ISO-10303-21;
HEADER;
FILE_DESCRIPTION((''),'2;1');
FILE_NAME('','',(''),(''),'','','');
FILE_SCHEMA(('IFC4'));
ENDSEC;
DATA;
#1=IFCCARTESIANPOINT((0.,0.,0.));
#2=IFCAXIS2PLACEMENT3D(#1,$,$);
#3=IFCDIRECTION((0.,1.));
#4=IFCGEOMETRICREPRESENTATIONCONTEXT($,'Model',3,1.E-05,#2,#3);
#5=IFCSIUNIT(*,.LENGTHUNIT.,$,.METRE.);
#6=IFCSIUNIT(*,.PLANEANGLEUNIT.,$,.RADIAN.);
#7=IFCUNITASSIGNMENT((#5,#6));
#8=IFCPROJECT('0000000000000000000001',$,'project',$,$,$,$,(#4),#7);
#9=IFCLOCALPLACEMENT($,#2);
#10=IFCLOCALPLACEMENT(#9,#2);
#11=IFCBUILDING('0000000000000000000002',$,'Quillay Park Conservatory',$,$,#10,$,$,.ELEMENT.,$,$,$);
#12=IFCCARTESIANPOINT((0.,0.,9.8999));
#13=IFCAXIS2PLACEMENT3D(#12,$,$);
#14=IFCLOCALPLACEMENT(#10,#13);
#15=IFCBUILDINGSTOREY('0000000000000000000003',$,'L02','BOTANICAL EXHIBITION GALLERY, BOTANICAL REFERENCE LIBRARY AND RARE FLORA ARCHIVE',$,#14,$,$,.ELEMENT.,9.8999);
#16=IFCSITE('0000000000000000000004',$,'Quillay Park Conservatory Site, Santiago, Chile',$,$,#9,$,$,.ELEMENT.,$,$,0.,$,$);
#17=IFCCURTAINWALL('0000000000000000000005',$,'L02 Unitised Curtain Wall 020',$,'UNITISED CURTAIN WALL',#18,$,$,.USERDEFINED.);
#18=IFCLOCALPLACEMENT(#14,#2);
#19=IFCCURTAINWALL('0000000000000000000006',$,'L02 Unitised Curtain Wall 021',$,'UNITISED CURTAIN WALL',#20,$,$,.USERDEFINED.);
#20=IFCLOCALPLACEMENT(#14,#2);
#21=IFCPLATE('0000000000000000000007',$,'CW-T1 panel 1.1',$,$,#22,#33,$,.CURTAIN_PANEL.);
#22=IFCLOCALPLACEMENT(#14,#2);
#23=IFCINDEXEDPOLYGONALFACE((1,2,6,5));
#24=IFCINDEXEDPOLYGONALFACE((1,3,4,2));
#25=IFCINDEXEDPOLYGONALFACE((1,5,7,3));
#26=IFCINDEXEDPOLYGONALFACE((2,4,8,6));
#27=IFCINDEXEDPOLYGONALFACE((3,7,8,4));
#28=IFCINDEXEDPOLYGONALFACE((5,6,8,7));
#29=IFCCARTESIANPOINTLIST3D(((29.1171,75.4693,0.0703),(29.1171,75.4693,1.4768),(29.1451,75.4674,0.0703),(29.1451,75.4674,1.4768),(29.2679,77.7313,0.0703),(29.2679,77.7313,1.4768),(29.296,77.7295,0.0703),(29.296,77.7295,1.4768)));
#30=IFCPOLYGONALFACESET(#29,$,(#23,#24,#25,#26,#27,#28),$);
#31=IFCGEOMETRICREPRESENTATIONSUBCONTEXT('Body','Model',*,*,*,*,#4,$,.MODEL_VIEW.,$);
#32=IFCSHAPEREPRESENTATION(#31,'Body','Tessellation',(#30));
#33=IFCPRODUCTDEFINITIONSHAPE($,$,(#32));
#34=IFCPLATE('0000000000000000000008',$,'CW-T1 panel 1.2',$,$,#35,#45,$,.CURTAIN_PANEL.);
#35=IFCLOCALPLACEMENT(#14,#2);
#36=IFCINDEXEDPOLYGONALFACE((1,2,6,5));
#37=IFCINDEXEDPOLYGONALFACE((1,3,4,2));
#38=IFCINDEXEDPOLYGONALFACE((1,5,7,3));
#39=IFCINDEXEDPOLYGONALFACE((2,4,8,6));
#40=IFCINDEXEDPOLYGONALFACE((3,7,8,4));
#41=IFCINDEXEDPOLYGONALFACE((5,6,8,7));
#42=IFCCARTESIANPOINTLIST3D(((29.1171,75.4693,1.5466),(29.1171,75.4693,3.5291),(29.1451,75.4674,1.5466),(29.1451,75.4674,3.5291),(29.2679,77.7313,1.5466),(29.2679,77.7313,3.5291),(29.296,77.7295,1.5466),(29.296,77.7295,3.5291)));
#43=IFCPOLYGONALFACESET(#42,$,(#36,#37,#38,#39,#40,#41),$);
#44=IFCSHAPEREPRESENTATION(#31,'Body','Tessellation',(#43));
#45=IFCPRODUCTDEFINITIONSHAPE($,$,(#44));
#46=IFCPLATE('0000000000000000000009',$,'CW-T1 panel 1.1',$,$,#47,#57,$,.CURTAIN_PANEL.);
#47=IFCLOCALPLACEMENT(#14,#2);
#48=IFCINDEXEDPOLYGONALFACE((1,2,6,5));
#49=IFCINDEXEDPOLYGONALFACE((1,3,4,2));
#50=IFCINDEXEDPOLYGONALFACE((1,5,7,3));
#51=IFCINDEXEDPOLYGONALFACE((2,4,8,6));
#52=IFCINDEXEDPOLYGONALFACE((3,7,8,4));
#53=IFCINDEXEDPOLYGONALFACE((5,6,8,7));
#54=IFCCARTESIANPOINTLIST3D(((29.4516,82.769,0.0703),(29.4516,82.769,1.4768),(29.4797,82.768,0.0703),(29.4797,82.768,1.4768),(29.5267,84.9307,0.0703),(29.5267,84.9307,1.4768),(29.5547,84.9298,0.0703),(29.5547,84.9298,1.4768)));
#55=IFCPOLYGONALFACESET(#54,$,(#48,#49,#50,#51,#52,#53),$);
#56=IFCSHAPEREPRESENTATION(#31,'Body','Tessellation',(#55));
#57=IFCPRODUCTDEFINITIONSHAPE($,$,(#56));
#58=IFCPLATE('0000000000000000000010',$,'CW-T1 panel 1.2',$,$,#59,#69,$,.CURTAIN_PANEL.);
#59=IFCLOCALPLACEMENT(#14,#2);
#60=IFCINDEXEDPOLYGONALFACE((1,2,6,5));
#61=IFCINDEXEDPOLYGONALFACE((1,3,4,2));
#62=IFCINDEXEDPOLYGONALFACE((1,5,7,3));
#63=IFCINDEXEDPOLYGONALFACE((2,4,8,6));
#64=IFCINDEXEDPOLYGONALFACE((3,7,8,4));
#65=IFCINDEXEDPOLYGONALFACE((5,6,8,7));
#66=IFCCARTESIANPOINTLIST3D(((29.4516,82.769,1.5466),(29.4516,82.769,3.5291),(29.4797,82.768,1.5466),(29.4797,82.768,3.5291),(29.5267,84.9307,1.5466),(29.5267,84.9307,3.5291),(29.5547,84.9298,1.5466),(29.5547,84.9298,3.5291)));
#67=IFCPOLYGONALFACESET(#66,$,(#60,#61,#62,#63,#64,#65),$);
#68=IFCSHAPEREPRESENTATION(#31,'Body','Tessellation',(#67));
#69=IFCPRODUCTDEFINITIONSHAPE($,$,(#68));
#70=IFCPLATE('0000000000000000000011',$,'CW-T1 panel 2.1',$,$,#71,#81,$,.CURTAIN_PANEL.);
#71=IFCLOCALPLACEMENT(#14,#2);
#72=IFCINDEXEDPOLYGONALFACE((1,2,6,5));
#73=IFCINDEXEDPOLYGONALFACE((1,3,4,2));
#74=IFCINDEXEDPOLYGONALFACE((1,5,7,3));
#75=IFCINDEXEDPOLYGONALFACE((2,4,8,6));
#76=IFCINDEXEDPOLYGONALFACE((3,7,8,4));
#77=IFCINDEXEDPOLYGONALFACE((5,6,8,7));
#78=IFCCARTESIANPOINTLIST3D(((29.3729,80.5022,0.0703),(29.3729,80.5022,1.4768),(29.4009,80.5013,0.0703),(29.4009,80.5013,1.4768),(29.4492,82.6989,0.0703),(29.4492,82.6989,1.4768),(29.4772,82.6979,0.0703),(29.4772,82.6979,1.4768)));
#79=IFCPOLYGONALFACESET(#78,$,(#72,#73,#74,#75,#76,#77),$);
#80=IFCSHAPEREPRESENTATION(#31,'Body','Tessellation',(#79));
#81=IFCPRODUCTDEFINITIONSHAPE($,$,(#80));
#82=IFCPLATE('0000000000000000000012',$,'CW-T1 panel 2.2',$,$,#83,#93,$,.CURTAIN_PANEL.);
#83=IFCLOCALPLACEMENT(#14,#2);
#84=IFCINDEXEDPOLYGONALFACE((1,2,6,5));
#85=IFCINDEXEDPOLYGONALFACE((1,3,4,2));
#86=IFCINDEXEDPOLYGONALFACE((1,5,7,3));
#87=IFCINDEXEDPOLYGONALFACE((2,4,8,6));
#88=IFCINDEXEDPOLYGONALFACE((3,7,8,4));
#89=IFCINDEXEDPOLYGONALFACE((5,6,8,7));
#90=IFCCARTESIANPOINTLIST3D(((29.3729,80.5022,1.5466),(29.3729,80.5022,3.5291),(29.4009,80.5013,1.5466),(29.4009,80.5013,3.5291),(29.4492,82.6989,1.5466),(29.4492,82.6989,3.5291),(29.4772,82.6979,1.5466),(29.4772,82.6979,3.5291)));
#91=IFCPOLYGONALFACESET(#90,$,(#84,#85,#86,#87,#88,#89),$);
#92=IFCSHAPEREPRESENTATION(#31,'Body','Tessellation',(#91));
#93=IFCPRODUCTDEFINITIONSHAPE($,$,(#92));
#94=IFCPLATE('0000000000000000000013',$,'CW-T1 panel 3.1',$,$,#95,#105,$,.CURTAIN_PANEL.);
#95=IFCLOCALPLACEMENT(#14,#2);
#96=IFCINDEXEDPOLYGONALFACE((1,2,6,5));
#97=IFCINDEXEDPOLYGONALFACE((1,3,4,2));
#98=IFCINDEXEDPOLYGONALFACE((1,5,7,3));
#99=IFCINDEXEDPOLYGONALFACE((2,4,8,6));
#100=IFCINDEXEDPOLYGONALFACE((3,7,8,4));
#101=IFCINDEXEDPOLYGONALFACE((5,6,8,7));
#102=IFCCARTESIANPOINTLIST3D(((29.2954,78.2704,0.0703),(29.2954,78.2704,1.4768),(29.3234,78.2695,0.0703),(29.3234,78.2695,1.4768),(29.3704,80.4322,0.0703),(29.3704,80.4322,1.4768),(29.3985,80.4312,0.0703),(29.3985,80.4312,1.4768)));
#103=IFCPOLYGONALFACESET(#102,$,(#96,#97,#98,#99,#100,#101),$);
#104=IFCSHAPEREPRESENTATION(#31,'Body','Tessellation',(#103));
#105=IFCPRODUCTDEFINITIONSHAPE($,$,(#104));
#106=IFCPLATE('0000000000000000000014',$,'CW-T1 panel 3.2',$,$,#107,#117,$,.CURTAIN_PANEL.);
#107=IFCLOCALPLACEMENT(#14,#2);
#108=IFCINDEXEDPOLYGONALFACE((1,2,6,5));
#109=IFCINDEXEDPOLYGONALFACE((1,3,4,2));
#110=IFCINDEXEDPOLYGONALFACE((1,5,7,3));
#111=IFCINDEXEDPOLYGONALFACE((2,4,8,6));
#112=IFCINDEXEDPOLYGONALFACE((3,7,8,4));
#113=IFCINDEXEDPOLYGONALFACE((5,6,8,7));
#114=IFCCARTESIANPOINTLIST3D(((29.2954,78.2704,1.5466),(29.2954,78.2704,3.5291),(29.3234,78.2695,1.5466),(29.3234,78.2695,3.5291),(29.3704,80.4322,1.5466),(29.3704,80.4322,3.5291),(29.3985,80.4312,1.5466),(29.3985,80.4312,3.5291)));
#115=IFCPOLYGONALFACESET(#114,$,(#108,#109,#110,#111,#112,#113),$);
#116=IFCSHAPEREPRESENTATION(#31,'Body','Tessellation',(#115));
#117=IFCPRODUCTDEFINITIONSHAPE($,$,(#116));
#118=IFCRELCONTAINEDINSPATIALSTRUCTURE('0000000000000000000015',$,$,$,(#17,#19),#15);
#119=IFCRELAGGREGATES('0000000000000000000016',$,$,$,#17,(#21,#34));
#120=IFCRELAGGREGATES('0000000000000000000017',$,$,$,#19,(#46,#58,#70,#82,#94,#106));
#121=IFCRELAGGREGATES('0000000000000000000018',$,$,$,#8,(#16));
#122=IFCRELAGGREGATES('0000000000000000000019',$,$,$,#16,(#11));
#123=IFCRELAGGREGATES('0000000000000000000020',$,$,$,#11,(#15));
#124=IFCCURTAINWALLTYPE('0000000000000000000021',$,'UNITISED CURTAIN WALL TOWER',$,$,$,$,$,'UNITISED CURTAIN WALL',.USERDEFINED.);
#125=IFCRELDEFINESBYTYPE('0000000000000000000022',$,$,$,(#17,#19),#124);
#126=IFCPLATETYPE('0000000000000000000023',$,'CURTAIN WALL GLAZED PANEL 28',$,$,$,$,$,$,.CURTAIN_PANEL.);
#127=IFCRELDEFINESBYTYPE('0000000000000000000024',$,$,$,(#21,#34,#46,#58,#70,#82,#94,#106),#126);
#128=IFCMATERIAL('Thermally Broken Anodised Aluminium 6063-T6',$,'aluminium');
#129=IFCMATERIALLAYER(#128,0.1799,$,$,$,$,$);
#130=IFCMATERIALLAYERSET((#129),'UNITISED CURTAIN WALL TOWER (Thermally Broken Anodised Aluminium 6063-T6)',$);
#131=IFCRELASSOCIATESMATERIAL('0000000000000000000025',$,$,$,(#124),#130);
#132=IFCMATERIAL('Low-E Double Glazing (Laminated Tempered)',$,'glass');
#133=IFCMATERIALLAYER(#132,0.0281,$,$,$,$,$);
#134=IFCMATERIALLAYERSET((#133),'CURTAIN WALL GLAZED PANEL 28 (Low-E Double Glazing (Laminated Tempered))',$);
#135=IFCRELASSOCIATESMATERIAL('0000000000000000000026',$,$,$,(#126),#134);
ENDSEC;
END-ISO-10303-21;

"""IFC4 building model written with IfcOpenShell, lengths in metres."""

from ifc_helpers import new_model, si_unit, direction, frame, origin, origin_2d, place, context, subcontext, project, spatial, rectangle, extrude, material, layer, layer_set, type_object, element, aggregate, save


model = new_model("IFC4")

# Units and contexts
model_context = context("Model", 3, precision=1e-05, world=origin(), true_north=direction((0.0, 1.0)))
body_context = subcontext(model_context, "Body", "Model", "MODEL_VIEW")
ifc_project = project(units=[si_unit("LENGTHUNIT", "METRE"), si_unit("PLANEANGLEUNIT", "RADIAN")], contexts=[model_context])

# Site, building, storey
site_placement = place(None, origin())
site = spatial("IfcSite", under=ifc_project, at=site_placement, Name="Quillay Park Conservatory Site, Santiago, Chile", CompositionType="ELEMENT", RefElevation=0.0)
building_placement = place(site_placement, origin())
building = spatial("IfcBuilding", under=site, at=building_placement, Name="Quillay Park Conservatory", CompositionType="ELEMENT")
storey_placement = place(building_placement, frame((0.0, 0.0, 9.8999)))
storey = spatial("IfcBuildingStorey", under=building, at=storey_placement, Name="L02", Description="BOTANICAL EXHIBITION GALLERY, BOTANICAL REFERENCE LIBRARY AND RARE FLORA ARCHIVE", CompositionType="ELEMENT", Elevation=9.8999)

# Curtain walls
ifc_material_1 = material(Name="Thermally Broken Anodised Aluminium 6063-T6", Category="aluminium")
ifc_layer_1 = layer(ifc_material_1, 0.1799)
ifc_layer_set_1 = layer_set([ifc_layer_1], Name="UNITISED CURTAIN WALL TOWER (Thermally Broken Anodised Aluminium 6063-T6)")
curtain_wall_type = type_object("IfcCurtainWallType", Name="UNITISED CURTAIN WALL TOWER", ElementType="UNITISED CURTAIN WALL", PredefinedType="USERDEFINED", material=ifc_layer_set_1)
curtain_wall_1_placement = place(storey_placement, origin())
curtain_wall_1 = element("IfcCurtainWall", 1, at=curtain_wall_1_placement, inside=storey, type_object=curtain_wall_type, Name="L02 Unitised Curtain Wall 020", ObjectType="UNITISED CURTAIN WALL", PredefinedType="USERDEFINED")
curtain_wall_2_placement = place(storey_placement, origin())
curtain_wall_2 = element("IfcCurtainWall", 2, at=curtain_wall_2_placement, inside=storey, type_object=curtain_wall_type, Name="L02 Unitised Curtain Wall 021", ObjectType="UNITISED CURTAIN WALL", PredefinedType="USERDEFINED")

# Plates
ifc_material_2 = material(Name="Low-E Double Glazing (Laminated Tempered)", Category="glass")
ifc_layer_2 = layer(ifc_material_2, 0.0281)
ifc_layer_set_2 = layer_set([ifc_layer_2], Name="CURTAIN WALL GLAZED PANEL 28 (Low-E Double Glazing (Laminated Tempered))")
plate_type_1 = type_object("IfcPlateType", Name="CURTAIN WALL GLAZED PANEL 28", PredefinedType="CURTAIN_PANEL", material=ifc_layer_set_2)
plate_1_placement = place(storey_placement, frame((29.2065, 76.5994, 0.0703), z_axis=(0.0, 0.0, 1.0), x_axis=(-0.066521, -0.997785, 0.0)))
plate_1 = element("IfcPlate", 3, at=plate_1_placement, type_object=plate_type_1, Name="CW-T1 panel 1.1", PredefinedType="CURTAIN_PANEL", context=body_context, shape_type="SweptSolid", body=[
    extrude(rectangle(XDim=2.2671, YDim=0.0281, at=origin_2d()), origin(), (0.0, 0.0, 1.0), 1.4065),
])
plate_2_placement = place(storey_placement, frame((29.2065, 76.5994, 1.5466), z_axis=(0.0, 0.0, 1.0), x_axis=(-0.066521, -0.997785, 0.0)))
plate_2 = element("IfcPlate", 4, at=plate_2_placement, type_object=plate_type_1, Name="CW-T1 panel 1.2", PredefinedType="CURTAIN_PANEL", context=body_context, shape_type="SweptSolid", body=[
    extrude(rectangle(XDim=2.2671, YDim=0.0281, at=origin_2d()), origin(), (0.0, 0.0, 1.0), 1.9824),
])
aggregate(curtain_wall_1, [plate_1, plate_2])
plate_3_placement = place(storey_placement, frame((29.5032, 83.8494, 0.0703), z_axis=(0.0, 0.0, 1.0), x_axis=(-0.034713, -0.999397, 0.0)))
plate_3 = element("IfcPlate", 5, at=plate_3_placement, type_object=plate_type_1, Name="CW-T1 panel 1.1", PredefinedType="CURTAIN_PANEL", context=body_context, shape_type="SweptSolid", body=[
    extrude(rectangle(XDim=2.1631, YDim=0.0281, at=origin_2d()), origin(), (0.0, 0.0, 1.0), 1.4065),
])
plate_4_placement = place(storey_placement, frame((29.5032, 83.8494, 1.5466), z_axis=(0.0, 0.0, 1.0), x_axis=(-0.034713, -0.999397, 0.0)))
plate_4 = element("IfcPlate", 6, at=plate_4_placement, type_object=plate_type_1, Name="CW-T1 panel 1.2", PredefinedType="CURTAIN_PANEL", context=body_context, shape_type="SweptSolid", body=[
    extrude(rectangle(XDim=2.1631, YDim=0.0281, at=origin_2d()), origin(), (0.0, 0.0, 1.0), 1.9824),
])
plate_5_placement = place(storey_placement, frame((29.425, 81.6001, 0.0703), z_axis=(0.0, 0.0, 1.0), x_axis=(-0.034713, -0.999397, 0.0)))
plate_5 = element("IfcPlate", 7, at=plate_5_placement, type_object=plate_type_1, Name="CW-T1 panel 2.1", PredefinedType="CURTAIN_PANEL", context=body_context, shape_type="SweptSolid", body=[
    extrude(rectangle(XDim=2.198, YDim=0.0281, at=origin_2d()), origin(), (0.0, 0.0, 1.0), 1.4065),
])
plate_6_placement = place(storey_placement, frame((29.425, 81.6001, 1.5466), z_axis=(0.0, 0.0, 1.0), x_axis=(-0.034713, -0.999397, 0.0)))
plate_6 = element("IfcPlate", 8, at=plate_6_placement, type_object=plate_type_1, Name="CW-T1 panel 2.2", PredefinedType="CURTAIN_PANEL", context=body_context, shape_type="SweptSolid", body=[
    extrude(rectangle(XDim=2.198, YDim=0.0281, at=origin_2d()), origin(), (0.0, 0.0, 1.0), 1.9824),
])
plate_7_placement = place(storey_placement, frame((29.3469, 79.3508, 0.0703), z_axis=(0.0, 0.0, 1.0), x_axis=(-0.034713, -0.999397, 0.0)))
plate_7 = element("IfcPlate", 9, at=plate_7_placement, type_object=plate_type_1, Name="CW-T1 panel 3.1", PredefinedType="CURTAIN_PANEL", context=body_context, shape_type="SweptSolid", body=[
    extrude(rectangle(XDim=2.1631, YDim=0.0281, at=origin_2d()), origin(), (0.0, 0.0, 1.0), 1.4065),
])
plate_8_placement = place(storey_placement, frame((29.3469, 79.3508, 1.5466), z_axis=(0.0, 0.0, 1.0), x_axis=(-0.034713, -0.999397, 0.0)))
plate_8 = element("IfcPlate", 10, at=plate_8_placement, type_object=plate_type_1, Name="CW-T1 panel 3.2", PredefinedType="CURTAIN_PANEL", context=body_context, shape_type="SweptSolid", body=[
    extrude(rectangle(XDim=2.1631, YDim=0.0281, at=origin_2d()), origin(), (0.0, 0.0, 1.0), 1.9824),
])
aggregate(curtain_wall_2, [plate_3, plate_4, plate_5, plate_6, plate_7, plate_8])

save(model, "model.ifc")
